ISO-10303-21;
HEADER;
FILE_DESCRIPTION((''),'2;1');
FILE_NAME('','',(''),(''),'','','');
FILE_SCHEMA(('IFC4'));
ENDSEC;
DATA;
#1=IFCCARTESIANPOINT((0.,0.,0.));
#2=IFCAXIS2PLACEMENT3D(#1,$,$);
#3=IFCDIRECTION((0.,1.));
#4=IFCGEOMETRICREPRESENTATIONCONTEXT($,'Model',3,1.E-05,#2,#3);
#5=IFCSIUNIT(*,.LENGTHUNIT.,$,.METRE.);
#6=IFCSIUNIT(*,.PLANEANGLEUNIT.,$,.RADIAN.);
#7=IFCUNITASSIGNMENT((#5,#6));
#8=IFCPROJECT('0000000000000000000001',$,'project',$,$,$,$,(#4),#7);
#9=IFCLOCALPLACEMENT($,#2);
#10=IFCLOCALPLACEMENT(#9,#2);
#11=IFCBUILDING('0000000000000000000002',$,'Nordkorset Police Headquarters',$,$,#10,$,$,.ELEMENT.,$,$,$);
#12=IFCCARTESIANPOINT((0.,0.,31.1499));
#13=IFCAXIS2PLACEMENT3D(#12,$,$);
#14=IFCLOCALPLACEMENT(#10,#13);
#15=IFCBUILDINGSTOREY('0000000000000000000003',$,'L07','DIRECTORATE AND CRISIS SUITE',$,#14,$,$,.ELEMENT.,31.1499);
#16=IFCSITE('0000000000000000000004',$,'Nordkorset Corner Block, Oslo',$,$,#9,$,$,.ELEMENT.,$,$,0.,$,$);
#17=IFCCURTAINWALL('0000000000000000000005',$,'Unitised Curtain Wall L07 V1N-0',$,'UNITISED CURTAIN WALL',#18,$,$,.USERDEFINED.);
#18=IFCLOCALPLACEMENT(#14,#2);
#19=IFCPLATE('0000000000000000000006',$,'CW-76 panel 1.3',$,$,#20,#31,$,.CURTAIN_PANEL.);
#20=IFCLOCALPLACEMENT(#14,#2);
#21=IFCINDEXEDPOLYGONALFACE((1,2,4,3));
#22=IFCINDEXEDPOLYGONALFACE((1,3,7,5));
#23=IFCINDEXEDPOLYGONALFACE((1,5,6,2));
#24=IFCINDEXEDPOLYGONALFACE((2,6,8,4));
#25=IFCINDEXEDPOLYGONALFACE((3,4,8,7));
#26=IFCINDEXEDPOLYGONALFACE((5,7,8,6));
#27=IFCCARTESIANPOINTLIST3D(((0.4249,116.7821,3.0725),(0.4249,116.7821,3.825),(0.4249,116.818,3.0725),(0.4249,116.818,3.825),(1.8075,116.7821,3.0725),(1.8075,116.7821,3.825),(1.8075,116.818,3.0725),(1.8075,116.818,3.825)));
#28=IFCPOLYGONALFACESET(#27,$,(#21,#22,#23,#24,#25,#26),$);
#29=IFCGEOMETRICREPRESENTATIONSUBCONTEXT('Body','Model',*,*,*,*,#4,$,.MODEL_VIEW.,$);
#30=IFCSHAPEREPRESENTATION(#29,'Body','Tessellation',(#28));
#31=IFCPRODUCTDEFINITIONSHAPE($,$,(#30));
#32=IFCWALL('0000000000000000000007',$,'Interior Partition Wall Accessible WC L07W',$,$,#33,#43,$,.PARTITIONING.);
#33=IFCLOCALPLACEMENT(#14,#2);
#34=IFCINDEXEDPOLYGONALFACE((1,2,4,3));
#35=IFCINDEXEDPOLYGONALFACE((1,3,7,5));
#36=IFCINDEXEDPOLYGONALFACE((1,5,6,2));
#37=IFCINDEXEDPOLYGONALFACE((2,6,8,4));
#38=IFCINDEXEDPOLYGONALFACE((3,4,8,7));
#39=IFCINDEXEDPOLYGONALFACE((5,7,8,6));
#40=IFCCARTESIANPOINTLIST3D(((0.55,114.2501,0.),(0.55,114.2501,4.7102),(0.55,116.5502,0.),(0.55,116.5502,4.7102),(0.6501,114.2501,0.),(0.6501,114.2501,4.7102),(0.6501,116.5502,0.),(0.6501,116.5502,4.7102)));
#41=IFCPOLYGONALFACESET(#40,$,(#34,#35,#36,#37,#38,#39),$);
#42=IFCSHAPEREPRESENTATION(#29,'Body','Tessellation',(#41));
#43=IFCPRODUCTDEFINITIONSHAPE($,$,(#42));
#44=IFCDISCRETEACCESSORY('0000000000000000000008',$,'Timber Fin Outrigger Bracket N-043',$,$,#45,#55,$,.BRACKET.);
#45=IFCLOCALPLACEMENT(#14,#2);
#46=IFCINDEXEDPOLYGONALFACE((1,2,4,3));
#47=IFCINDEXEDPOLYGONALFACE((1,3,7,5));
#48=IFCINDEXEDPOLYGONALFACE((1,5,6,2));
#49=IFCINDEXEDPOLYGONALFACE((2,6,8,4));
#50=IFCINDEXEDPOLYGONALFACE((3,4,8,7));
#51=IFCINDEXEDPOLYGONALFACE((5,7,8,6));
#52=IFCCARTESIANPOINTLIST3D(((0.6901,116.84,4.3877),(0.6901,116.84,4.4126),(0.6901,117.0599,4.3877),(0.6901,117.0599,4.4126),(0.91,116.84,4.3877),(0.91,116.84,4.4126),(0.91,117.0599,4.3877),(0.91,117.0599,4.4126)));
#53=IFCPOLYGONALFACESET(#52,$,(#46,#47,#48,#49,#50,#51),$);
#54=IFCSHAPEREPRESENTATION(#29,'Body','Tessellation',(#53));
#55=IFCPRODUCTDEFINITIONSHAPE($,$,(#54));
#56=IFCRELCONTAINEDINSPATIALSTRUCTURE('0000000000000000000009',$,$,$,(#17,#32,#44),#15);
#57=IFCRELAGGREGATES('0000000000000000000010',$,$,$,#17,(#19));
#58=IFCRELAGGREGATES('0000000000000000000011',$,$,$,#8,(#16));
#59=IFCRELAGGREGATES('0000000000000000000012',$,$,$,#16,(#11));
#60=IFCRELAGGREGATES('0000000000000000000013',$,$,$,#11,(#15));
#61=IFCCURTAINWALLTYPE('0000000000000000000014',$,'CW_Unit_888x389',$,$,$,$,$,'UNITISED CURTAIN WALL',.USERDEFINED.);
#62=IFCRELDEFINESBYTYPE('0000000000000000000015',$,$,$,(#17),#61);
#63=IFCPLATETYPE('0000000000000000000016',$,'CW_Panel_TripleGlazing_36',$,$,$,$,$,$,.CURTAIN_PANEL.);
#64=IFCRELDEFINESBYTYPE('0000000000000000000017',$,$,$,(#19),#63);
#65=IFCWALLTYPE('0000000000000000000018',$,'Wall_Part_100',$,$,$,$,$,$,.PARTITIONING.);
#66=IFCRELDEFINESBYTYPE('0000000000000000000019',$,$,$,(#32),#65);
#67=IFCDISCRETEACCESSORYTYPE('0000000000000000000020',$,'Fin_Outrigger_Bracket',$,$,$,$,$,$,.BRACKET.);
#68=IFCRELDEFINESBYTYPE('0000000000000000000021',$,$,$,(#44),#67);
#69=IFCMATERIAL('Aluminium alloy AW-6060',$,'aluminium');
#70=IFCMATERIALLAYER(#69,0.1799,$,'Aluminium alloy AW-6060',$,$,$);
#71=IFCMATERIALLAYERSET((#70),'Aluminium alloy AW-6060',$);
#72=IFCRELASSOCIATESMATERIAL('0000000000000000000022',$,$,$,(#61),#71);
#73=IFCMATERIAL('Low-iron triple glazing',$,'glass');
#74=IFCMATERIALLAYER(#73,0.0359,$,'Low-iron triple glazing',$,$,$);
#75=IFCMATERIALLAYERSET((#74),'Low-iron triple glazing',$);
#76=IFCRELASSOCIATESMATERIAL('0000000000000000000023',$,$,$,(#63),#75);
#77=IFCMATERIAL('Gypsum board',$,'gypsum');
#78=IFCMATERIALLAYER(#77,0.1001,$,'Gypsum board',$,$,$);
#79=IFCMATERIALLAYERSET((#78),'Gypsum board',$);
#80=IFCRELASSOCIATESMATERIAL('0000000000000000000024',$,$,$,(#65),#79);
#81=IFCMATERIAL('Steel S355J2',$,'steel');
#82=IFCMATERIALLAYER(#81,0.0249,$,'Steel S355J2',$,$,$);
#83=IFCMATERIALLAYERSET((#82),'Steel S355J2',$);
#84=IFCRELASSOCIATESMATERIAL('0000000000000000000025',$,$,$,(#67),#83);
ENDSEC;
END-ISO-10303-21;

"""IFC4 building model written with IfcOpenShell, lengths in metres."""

from ifc_helpers import new_model, si_unit, direction, frame, frame_2d, origin, origin_2d, place, context, subcontext, project, spatial, rectangle, extrude, material, layer, layer_set, type_object, element, aggregate, save


model = new_model("IFC4")

# Units and contexts
model_context = context("Model", 3, precision=1e-05, world=origin(), true_north=direction((0.0, 1.0)))
body_context = subcontext(model_context, "Body", "Model", "MODEL_VIEW")
ifc_project = project(units=[si_unit("LENGTHUNIT", "METRE"), si_unit("PLANEANGLEUNIT", "RADIAN")], contexts=[model_context])

# Site, building, storey
site_placement = place(None, origin())
site = spatial("IfcSite", under=ifc_project, at=site_placement, Name="Nordkorset Corner Block, Oslo", CompositionType="ELEMENT", RefElevation=0.0)
building_placement = place(site_placement, origin())
building = spatial("IfcBuilding", under=site, at=building_placement, Name="Nordkorset Police Headquarters", CompositionType="ELEMENT")
storey_placement = place(building_placement, frame((0.0, 0.0, 31.1499)))
storey = spatial("IfcBuildingStorey", under=building, at=storey_placement, Name="L07", Description="DIRECTORATE AND CRISIS SUITE", CompositionType="ELEMENT", Elevation=31.1499)

# Curtain wall
ifc_material_1 = material(Name="Aluminium alloy AW-6060", Category="aluminium")
ifc_layer_1 = layer(ifc_material_1, 0.1799, Name="Aluminium alloy AW-6060")
ifc_layer_set_1 = layer_set([ifc_layer_1], Name="Aluminium alloy AW-6060")
curtain_wall_type_1 = type_object("IfcCurtainWallType", Name="CW_Unit_888x389", ElementType="UNITISED CURTAIN WALL", PredefinedType="USERDEFINED", material=ifc_layer_set_1)
curtain_wall_1_placement = place(storey_placement, origin())
curtain_wall_1 = element("IfcCurtainWall", 1, at=curtain_wall_1_placement, inside=storey, type_object=curtain_wall_type_1, Name="Unitised Curtain Wall L07 V1N-0", ObjectType="UNITISED CURTAIN WALL", PredefinedType="USERDEFINED")

# Plate
ifc_material_2 = material(Name="Low-iron triple glazing", Category="glass")
ifc_layer_2 = layer(ifc_material_2, 0.0359, Name="Low-iron triple glazing")
ifc_layer_set_2 = layer_set([ifc_layer_2], Name="Low-iron triple glazing")
plate_type = type_object("IfcPlateType", Name="CW_Panel_TripleGlazing_36", PredefinedType="CURTAIN_PANEL", material=ifc_layer_set_2)
plate_1_placement = place(storey_placement, frame((1.1162, 116.8, 3.0725), z_axis=(0.0, 0.0, 1.0), x_axis=(1.0, 0.0, 0.0)))
plate_1 = element("IfcPlate", 2, at=plate_1_placement, type_object=plate_type, Name="CW-76 panel 1.3", PredefinedType="CURTAIN_PANEL", context=body_context, shape_type="SweptSolid", body=[
    extrude(rectangle(XDim=1.3826, YDim=0.0359, at=origin_2d()), origin(), (0.0, 0.0, 1.0), 0.7524),
])
aggregate(curtain_wall_1, [plate_1])

# Wall
ifc_material_3 = material(Name="Gypsum board", Category="gypsum")
ifc_layer_3 = layer(ifc_material_3, 0.1001, Name="Gypsum board")
ifc_layer_set_3 = layer_set([ifc_layer_3], Name="Gypsum board")
wall_type = type_object("IfcWallType", Name="Wall_Part_100", PredefinedType="PARTITIONING", material=ifc_layer_set_3)
wall_placement = place(storey_placement, frame((0.6001, 116.55, 0.0), z_axis=(0.0, 0.0, 1.0), x_axis=(0.0, -1.0, 0.0)))
element("IfcWall", 3, at=wall_placement, inside=storey, type_object=wall_type, Name="Interior Partition Wall Accessible WC L07W", PredefinedType="PARTITIONING", context=body_context, shape_type="SweptSolid", body=[
    extrude(rectangle(XDim=2.3, YDim=0.1001, at=frame_2d((1.1499, 0.0))), origin(), (0.0, 0.0, 1.0), 4.7102),
])

# Discrete accessory
ifc_material_4 = material(Name="Steel S355J2", Category="steel")
ifc_layer_4 = layer(ifc_material_4, 0.0249, Name="Steel S355J2")
ifc_layer_set_4 = layer_set([ifc_layer_4], Name="Steel S355J2")
discrete_accessory_type = type_object("IfcDiscreteAccessoryType", Name="Fin_Outrigger_Bracket", PredefinedType="BRACKET", material=ifc_layer_set_4)
discrete_accessory_placement = place(storey_placement, frame((0.8, 116.95, 4.3877), z_axis=(0.0, 0.0, 1.0), x_axis=(1.0, 0.0, 0.0)))
element("IfcDiscreteAccessory", 4, at=discrete_accessory_placement, inside=storey, type_object=discrete_accessory_type, Name="Timber Fin Outrigger Bracket N-043", PredefinedType="BRACKET", context=body_context, shape_type="SweptSolid", body=[
    extrude(rectangle(XDim=0.22, YDim=0.22, at=origin_2d()), origin(), (0.0, 0.0, 1.0), 0.0249),
])

save(model, "model.ifc")
